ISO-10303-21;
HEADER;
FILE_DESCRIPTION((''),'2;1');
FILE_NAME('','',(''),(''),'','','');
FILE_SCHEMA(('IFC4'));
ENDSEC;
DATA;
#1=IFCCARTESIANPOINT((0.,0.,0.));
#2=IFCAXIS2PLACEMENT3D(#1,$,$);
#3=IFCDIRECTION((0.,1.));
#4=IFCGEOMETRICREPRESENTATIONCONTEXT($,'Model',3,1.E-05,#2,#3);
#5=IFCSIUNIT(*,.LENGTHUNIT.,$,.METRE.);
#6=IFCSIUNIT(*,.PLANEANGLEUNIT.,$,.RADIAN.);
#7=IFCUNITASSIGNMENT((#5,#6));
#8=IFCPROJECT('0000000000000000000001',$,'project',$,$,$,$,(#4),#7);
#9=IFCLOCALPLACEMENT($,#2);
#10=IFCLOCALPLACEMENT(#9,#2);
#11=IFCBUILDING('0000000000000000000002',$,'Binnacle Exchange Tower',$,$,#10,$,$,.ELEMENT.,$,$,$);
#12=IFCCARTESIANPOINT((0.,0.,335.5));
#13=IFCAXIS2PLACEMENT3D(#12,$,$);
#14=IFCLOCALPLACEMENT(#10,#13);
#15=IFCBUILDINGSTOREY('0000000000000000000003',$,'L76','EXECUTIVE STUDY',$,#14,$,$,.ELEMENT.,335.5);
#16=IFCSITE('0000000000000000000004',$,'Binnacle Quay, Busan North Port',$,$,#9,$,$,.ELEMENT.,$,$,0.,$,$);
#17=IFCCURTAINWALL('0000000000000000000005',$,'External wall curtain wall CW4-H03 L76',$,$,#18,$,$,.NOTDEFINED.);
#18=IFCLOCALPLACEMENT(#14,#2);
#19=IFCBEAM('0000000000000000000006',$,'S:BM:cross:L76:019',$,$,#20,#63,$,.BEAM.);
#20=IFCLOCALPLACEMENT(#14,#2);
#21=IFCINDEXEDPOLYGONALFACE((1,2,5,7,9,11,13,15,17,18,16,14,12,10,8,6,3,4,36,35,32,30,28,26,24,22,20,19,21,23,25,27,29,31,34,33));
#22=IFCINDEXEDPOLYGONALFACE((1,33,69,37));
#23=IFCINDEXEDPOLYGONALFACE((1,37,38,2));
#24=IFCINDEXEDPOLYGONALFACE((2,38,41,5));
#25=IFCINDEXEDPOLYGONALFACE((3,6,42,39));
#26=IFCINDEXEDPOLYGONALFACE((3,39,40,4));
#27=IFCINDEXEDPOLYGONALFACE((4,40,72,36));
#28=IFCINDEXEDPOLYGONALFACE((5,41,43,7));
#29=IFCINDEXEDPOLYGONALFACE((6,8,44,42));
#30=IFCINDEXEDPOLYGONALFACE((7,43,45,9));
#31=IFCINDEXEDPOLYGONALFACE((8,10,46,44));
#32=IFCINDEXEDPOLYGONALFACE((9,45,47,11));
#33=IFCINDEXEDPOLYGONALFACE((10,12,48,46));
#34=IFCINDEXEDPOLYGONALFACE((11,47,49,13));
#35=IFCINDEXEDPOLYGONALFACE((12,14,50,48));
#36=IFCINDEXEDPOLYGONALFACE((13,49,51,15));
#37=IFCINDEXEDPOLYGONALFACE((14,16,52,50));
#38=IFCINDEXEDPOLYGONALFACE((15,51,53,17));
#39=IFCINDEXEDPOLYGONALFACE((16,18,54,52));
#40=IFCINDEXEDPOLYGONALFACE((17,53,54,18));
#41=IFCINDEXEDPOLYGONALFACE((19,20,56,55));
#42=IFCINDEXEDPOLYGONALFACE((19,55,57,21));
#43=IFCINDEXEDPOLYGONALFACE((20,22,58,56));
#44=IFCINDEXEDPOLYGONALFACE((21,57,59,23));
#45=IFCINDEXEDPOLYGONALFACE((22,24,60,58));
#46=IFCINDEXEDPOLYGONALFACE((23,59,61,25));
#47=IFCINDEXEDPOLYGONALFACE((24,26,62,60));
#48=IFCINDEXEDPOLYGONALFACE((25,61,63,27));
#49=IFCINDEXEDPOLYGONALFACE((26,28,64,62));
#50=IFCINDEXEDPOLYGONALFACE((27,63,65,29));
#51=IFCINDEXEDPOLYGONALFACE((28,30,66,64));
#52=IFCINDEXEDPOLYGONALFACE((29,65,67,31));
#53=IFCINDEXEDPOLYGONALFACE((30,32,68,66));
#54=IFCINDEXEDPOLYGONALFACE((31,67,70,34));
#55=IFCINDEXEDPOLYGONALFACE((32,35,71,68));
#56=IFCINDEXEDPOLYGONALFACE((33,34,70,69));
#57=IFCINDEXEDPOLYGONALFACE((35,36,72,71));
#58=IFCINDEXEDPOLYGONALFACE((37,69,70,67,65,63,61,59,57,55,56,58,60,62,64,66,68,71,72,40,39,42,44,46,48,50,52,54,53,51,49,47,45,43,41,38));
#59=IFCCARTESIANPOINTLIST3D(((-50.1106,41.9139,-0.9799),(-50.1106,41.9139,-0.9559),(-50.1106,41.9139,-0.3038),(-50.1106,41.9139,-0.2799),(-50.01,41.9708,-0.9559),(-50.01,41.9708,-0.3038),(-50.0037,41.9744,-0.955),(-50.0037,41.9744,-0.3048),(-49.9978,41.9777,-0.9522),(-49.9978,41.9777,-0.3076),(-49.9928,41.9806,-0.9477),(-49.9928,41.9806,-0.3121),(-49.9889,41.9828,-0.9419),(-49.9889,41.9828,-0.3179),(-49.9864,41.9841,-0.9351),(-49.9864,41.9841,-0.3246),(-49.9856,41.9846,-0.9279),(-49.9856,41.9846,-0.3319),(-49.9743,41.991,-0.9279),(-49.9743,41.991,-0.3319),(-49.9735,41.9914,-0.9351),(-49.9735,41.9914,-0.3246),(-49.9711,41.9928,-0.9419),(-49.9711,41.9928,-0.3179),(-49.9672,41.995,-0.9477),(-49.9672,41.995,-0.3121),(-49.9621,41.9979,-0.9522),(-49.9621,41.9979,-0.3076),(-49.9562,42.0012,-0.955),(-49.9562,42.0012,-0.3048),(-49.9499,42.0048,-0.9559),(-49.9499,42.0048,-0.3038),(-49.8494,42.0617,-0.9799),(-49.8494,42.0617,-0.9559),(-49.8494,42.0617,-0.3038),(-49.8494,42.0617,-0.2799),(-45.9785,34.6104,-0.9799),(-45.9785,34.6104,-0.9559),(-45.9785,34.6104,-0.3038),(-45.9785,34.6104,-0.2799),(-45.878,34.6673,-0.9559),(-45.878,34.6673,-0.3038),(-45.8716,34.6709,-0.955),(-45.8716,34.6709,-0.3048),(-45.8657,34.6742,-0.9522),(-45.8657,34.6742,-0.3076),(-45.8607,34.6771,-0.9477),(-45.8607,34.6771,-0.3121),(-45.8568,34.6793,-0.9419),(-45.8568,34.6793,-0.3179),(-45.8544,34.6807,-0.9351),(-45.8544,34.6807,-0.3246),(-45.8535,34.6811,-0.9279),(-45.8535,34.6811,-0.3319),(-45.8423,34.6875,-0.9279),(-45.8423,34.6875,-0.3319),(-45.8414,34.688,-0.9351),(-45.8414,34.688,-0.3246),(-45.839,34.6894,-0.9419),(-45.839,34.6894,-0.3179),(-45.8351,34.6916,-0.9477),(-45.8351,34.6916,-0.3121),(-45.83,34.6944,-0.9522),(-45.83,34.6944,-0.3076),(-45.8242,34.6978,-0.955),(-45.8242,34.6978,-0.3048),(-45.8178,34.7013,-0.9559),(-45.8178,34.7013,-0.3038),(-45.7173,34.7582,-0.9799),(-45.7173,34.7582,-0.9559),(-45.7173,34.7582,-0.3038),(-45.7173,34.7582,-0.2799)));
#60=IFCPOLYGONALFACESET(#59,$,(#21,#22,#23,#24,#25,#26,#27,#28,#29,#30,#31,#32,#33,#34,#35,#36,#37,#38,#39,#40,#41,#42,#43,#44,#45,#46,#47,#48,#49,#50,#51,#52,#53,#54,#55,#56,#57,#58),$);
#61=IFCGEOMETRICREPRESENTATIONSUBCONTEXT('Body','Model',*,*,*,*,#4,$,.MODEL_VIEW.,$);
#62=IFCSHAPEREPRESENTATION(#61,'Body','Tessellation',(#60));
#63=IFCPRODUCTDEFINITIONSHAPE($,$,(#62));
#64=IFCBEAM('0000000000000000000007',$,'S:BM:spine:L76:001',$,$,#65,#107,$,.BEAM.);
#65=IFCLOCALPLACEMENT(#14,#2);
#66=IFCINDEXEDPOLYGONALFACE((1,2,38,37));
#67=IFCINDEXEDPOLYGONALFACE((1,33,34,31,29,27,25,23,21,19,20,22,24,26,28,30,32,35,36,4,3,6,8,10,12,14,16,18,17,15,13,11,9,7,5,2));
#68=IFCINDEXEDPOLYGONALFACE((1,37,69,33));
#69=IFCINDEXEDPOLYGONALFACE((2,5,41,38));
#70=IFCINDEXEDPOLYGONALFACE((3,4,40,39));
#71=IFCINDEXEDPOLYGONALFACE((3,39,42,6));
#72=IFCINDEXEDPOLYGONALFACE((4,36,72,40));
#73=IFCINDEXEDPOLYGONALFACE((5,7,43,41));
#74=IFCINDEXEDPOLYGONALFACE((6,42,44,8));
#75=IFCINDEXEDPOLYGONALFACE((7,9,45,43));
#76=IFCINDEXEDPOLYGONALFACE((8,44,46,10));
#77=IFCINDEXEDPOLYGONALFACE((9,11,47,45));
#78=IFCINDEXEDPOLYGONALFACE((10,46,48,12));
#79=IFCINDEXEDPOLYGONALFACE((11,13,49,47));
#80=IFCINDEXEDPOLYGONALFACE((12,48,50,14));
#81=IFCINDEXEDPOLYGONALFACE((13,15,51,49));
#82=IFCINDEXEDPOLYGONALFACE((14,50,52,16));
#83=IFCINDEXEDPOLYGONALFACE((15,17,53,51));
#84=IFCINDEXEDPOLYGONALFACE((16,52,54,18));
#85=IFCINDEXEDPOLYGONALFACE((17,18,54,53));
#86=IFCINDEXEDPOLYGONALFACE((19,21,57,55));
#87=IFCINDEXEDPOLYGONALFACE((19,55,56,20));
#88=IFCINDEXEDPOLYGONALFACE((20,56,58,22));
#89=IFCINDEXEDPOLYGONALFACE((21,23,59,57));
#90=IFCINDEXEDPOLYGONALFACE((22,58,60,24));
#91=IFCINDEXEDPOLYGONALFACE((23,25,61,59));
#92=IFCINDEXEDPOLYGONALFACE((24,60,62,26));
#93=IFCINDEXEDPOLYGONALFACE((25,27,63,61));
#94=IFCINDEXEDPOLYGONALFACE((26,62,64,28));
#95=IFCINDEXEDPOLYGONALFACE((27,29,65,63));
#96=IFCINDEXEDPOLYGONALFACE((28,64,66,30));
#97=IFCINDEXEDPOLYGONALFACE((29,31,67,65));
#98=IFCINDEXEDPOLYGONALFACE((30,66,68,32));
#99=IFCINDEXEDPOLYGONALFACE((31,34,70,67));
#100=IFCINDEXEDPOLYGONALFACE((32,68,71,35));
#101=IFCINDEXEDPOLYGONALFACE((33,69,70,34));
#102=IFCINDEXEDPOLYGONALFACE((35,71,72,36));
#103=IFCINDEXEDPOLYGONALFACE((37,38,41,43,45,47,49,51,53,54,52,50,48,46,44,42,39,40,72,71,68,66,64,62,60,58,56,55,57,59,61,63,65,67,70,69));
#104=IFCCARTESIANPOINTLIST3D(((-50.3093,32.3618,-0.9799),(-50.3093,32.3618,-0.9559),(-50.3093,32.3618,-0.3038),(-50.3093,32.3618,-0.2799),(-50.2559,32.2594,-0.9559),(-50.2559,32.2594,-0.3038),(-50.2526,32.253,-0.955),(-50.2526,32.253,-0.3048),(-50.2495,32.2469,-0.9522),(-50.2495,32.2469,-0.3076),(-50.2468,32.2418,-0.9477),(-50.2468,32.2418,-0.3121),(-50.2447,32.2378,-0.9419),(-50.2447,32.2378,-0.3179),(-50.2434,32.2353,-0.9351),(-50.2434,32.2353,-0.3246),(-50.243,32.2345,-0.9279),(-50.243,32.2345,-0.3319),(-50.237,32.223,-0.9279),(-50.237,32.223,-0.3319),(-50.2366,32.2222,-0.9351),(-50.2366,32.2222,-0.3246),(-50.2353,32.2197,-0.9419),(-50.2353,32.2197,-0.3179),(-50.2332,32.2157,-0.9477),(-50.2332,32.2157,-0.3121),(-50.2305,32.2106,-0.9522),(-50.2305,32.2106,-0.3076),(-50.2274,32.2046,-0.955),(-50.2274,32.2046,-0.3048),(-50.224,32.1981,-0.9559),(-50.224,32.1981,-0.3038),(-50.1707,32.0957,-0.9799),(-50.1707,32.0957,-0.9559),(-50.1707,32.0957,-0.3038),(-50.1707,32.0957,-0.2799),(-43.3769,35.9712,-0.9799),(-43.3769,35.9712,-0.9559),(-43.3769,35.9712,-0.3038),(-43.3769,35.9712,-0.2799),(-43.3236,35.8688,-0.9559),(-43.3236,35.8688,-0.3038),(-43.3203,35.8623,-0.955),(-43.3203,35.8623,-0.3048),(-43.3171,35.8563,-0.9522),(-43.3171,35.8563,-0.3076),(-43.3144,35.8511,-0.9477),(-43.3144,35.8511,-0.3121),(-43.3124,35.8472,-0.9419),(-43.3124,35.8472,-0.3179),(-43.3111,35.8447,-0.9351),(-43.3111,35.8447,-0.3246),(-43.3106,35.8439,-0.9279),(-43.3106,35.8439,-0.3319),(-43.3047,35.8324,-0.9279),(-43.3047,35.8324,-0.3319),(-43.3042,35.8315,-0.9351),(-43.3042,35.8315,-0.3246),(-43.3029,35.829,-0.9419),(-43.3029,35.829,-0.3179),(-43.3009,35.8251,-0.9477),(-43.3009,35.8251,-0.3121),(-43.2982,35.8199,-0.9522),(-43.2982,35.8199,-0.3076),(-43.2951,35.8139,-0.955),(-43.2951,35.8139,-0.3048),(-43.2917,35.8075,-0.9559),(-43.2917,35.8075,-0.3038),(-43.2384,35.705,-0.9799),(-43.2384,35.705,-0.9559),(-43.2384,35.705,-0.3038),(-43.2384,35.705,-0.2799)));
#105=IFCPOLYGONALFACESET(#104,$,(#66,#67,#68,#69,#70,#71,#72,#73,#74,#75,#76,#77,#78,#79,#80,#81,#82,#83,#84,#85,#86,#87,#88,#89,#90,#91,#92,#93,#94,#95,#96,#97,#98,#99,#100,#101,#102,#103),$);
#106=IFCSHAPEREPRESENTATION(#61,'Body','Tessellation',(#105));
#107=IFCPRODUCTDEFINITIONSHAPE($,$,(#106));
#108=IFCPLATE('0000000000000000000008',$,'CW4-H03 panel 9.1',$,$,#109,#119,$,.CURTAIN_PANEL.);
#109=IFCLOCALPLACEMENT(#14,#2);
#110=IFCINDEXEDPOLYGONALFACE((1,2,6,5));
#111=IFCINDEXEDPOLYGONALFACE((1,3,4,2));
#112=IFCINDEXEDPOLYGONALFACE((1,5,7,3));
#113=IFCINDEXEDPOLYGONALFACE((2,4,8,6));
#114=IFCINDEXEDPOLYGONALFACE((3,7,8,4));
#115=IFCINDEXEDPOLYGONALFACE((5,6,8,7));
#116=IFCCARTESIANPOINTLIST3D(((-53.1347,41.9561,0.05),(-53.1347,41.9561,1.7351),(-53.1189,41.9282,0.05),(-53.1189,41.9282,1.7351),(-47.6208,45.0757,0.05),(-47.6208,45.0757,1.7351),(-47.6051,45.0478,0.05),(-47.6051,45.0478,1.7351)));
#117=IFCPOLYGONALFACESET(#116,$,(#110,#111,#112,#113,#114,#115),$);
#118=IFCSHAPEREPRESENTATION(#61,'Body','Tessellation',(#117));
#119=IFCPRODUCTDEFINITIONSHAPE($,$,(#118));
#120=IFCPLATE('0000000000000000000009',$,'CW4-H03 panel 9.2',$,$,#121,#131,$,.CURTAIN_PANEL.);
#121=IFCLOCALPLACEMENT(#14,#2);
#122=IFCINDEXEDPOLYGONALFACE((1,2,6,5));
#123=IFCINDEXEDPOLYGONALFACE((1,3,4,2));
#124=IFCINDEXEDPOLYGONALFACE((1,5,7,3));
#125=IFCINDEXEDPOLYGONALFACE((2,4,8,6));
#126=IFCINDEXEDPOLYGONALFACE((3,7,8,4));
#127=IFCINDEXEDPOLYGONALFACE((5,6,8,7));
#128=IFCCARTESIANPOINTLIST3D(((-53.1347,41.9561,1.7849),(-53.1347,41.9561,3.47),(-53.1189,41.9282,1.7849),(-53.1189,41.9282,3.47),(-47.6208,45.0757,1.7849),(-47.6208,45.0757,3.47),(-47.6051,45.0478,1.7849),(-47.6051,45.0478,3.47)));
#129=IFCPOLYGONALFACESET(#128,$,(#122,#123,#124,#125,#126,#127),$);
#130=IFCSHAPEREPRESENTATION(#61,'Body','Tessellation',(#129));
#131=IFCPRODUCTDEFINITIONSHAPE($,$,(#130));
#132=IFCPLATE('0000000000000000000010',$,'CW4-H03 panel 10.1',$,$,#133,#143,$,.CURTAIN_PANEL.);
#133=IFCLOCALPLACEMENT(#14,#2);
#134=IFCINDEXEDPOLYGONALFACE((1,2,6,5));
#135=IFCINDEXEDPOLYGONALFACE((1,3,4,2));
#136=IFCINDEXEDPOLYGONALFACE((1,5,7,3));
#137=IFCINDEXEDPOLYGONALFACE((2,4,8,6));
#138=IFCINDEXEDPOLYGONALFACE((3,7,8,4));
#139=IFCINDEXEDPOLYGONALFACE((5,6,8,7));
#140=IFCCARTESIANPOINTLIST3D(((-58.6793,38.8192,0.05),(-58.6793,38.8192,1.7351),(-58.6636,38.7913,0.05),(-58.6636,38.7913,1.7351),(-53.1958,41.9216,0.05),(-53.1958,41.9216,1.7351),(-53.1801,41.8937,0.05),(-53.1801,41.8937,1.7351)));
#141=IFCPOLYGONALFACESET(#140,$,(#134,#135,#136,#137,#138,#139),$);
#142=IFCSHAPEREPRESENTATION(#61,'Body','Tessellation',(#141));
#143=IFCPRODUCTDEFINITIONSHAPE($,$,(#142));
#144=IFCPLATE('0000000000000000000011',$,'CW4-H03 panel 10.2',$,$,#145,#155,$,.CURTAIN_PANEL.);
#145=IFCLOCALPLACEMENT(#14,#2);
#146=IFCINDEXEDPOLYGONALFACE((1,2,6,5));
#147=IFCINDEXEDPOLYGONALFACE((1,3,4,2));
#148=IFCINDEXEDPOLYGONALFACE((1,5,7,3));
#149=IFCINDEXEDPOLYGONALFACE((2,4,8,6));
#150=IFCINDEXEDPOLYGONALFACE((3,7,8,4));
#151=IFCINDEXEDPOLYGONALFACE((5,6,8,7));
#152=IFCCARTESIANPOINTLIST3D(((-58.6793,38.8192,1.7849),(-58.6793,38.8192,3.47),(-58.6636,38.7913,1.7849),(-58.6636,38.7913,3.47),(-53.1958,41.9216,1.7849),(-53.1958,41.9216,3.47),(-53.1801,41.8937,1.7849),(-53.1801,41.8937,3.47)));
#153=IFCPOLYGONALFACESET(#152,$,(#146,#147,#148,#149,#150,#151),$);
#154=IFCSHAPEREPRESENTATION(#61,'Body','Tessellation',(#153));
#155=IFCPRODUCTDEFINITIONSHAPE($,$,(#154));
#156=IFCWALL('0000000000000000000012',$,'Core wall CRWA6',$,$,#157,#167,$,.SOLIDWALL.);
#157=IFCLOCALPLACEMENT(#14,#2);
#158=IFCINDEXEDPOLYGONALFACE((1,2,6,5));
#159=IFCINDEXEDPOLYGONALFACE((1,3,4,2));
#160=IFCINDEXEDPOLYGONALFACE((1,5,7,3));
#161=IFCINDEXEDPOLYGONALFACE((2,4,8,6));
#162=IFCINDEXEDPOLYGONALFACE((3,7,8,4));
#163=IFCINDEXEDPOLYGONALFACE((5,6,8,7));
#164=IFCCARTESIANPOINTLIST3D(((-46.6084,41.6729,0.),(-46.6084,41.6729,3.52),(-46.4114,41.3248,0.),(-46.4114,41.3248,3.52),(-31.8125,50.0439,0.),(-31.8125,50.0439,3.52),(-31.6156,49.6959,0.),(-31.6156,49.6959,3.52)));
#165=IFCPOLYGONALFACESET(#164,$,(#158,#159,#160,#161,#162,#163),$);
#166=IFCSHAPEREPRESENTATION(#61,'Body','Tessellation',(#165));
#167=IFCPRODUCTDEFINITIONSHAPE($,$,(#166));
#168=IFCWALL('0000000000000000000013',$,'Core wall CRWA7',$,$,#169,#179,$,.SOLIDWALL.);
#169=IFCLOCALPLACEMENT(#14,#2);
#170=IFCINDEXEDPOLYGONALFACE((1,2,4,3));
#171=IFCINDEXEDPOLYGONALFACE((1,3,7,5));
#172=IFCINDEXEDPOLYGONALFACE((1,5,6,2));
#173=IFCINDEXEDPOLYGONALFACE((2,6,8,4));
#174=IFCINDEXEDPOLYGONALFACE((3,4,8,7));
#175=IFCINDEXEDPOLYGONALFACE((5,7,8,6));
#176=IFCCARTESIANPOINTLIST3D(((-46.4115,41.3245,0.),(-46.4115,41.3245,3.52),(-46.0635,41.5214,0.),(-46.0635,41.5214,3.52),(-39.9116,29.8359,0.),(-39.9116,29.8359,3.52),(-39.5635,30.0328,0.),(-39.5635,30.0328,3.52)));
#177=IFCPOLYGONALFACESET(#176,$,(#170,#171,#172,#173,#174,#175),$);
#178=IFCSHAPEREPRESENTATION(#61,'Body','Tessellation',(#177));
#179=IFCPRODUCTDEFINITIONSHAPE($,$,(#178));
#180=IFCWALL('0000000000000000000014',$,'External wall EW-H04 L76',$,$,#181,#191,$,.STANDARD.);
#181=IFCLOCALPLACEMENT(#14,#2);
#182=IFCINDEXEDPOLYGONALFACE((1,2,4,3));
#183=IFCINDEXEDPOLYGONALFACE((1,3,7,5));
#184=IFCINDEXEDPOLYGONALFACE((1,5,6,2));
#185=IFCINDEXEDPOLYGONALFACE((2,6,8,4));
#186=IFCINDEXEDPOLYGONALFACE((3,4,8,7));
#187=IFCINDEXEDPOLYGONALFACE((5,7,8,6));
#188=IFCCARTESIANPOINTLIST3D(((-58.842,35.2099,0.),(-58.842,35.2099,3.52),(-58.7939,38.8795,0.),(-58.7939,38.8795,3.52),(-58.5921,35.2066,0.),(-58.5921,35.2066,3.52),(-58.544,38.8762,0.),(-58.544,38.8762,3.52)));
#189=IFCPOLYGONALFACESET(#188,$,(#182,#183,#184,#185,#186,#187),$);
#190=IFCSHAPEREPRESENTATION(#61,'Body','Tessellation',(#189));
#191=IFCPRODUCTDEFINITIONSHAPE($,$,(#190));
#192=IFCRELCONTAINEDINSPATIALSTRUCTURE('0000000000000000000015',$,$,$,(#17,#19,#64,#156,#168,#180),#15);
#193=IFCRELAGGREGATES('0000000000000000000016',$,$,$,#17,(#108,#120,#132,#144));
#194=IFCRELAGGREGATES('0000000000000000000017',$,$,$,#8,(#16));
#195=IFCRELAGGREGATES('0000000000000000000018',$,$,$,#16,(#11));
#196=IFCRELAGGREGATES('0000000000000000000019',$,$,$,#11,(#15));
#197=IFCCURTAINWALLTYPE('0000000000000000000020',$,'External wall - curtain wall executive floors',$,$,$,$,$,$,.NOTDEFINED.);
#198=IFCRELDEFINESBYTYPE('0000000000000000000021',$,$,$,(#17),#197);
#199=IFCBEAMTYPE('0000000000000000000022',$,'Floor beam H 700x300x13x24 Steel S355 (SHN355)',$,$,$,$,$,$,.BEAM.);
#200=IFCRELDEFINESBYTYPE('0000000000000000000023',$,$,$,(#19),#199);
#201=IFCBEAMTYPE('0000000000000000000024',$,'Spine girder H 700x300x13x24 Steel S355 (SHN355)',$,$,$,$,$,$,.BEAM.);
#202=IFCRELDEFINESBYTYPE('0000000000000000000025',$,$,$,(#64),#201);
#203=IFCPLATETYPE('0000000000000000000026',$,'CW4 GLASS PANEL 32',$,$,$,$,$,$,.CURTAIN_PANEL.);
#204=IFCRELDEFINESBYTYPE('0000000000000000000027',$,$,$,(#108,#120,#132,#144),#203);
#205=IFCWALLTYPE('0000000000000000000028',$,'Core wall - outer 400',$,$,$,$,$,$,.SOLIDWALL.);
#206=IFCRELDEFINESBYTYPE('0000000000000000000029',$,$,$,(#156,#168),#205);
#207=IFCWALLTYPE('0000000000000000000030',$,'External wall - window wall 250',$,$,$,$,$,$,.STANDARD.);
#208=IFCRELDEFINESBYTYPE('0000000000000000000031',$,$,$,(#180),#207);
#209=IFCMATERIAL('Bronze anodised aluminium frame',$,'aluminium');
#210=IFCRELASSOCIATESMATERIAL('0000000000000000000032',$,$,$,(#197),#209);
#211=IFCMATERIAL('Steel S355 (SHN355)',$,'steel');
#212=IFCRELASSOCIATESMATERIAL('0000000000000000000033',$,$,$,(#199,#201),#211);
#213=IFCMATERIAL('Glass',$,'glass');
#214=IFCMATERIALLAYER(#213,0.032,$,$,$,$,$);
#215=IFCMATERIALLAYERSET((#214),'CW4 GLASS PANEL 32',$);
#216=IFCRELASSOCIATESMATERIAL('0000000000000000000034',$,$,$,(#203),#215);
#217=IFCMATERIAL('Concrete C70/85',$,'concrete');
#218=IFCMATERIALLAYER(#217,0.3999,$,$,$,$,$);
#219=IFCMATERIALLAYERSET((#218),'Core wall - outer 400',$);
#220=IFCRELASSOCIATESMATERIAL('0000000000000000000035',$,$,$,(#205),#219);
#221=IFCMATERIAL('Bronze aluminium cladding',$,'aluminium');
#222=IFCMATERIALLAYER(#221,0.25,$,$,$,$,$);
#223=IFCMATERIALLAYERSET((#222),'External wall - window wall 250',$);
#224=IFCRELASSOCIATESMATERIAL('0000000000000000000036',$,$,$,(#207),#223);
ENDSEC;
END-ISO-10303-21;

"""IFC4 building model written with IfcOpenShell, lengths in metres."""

from ifc_helpers import new_model, si_unit, direction, frame, frame_2d, origin, origin_2d, place, context, subcontext, project, spatial, rectangle, i_section, extrude, material, layer, layer_set, material_profile, profile_set, type_object, element, aggregate, save


model = new_model("IFC4")

# Units and contexts
model_context = context("Model", 3, precision=1e-05, world=origin(), true_north=direction((0.0, 1.0)))
body_context = subcontext(model_context, "Body", "Model", "MODEL_VIEW")
ifc_project = project(units=[si_unit("LENGTHUNIT", "METRE"), si_unit("PLANEANGLEUNIT", "RADIAN")], contexts=[model_context])

# Site, building, storey
site_placement = place(None, origin())
site = spatial("IfcSite", under=ifc_project, at=site_placement, Name="Binnacle Quay, Busan North Port", CompositionType="ELEMENT", RefElevation=0.0)
building_placement = place(site_placement, origin())
building = spatial("IfcBuilding", under=site, at=building_placement, Name="Binnacle Exchange Tower", CompositionType="ELEMENT")
storey_placement = place(building_placement, frame((0.0, 0.0, 335.5)))
storey = spatial("IfcBuildingStorey", under=building, at=storey_placement, Name="L76", Description="EXECUTIVE STUDY", CompositionType="ELEMENT", Elevation=335.5)

# Curtain wall
ifc_material_1 = material(Name="Bronze anodised aluminium frame", Category="aluminium")
curtain_wall_type = type_object("IfcCurtainWallType", Name="External wall - curtain wall executive floors", PredefinedType="NOTDEFINED", material=ifc_material_1)
curtain_wall_placement = place(storey_placement, origin())
curtain_wall = element("IfcCurtainWall", 1, at=curtain_wall_placement, inside=storey, type_object=curtain_wall_type, Name="External wall curtain wall CW4-H03 L76", PredefinedType="NOTDEFINED")

# Beams
ifc_material_2 = material(Name="Steel S355 (SHN355)", Category="steel")
ifc_material_profile_1 = material_profile(ifc_material_2, i_section(OverallWidth=0.3, OverallDepth=0.7, WebThickness=0.0129, FlangeThickness=0.0239, FilletRadius=0.0281, at=origin_2d()), Name="H 700x300x13x24")
ifc_profile_set_1 = profile_set([ifc_material_profile_1], Name="Steel S355 (SHN355)")
beam_type_1 = type_object("IfcBeamType", Name="Floor beam H 700x300x13x24 Steel S355 (SHN355)", PredefinedType="BEAM", material=ifc_profile_set_1)
beam_1_placement = place(storey_placement, frame((-49.98, 41.9878, -0.6299), z_axis=(0.492422, -0.870357, 0.0), x_axis=(0.870357, 0.492422, 0.0)))
element("IfcBeam", 2, at=beam_1_placement, inside=storey, type_object=beam_type_1, Name="S:BM:cross:L76:019", PredefinedType="BEAM", context=body_context, shape_type="SweptSolid", body=[
    extrude(i_section(OverallWidth=0.3, OverallDepth=0.7, WebThickness=0.0129, FlangeThickness=0.0239, FilletRadius=0.0281, at=origin_2d()), origin(), (0.0, 0.0, 1.0), 8.3914),
])
ifc_material_profile_2 = material_profile(ifc_material_2, i_section(OverallWidth=0.3, OverallDepth=0.7, WebThickness=0.0129, FlangeThickness=0.0239, FilletRadius=0.0281, at=origin_2d()), Name="H 700x300x13x24")
ifc_profile_set_2 = profile_set([ifc_material_profile_2], Name="Steel S355 (SHN355)")
beam_type_2 = type_object("IfcBeamType", Name="Spine girder H 700x300x13x24 Steel S355 (SHN355)", PredefinedType="BEAM", material=ifc_profile_set_2)
beam_2_placement = place(storey_placement, frame((-50.24, 32.2288, -0.6299), z_axis=(0.886979, 0.46181, 0.0), x_axis=(-0.46181, 0.886979, 0.0)))
element("IfcBeam", 3, at=beam_2_placement, inside=storey, type_object=beam_type_2, Name="S:BM:spine:L76:001", PredefinedType="BEAM", context=body_context, shape_type="SweptSolid", body=[
    extrude(i_section(OverallWidth=0.3, OverallDepth=0.7, WebThickness=0.0129, FlangeThickness=0.0239, FilletRadius=0.0281, at=origin_2d()), origin(), (0.0, 0.0, 1.0), 7.8157),
])

# Plates
ifc_material_3 = material(Name="Glass", Category="glass")
ifc_layer_1 = layer(ifc_material_3, 0.032)
ifc_layer_set_1 = layer_set([ifc_layer_1], Name="CW4 GLASS PANEL 32")
plate_type = type_object("IfcPlateType", Name="CW4 GLASS PANEL 32", PredefinedType="CURTAIN_PANEL", material=ifc_layer_set_1)
plate_1_placement = place(storey_placement, frame((-50.3699, 43.502, 0.05), z_axis=(0.0, 0.0, 1.0), x_axis=(-0.870356, -0.492424, 0.0)))
plate_1 = element("IfcPlate", 4, at=plate_1_placement, type_object=plate_type, Name="CW4-H03 panel 9.1", PredefinedType="CURTAIN_PANEL", context=body_context, shape_type="SweptSolid", body=[
    extrude(rectangle(XDim=6.3352, YDim=0.032, at=origin_2d()), origin(), (0.0, 0.0, 1.0), 1.6851),
])
plate_2_placement = place(storey_placement, frame((-50.3699, 43.502, 1.7849), z_axis=(0.0, 0.0, 1.0), x_axis=(-0.870356, -0.492424, 0.0)))
plate_2 = element("IfcPlate", 5, at=plate_2_placement, type_object=plate_type, Name="CW4-H03 panel 9.2", PredefinedType="CURTAIN_PANEL", context=body_context, shape_type="SweptSolid", body=[
    extrude(rectangle(XDim=6.3352, YDim=0.032, at=origin_2d()), origin(), (0.0, 0.0, 1.0), 1.6851),
])
plate_3_placement = place(storey_placement, frame((-55.9297, 40.3564, 0.05), z_axis=(0.0, 0.0, 1.0), x_axis=(-0.870356, -0.492424, 0.0)))
plate_3 = element("IfcPlate", 6, at=plate_3_placement, type_object=plate_type, Name="CW4-H03 panel 10.1", PredefinedType="CURTAIN_PANEL", context=body_context, shape_type="SweptSolid", body=[
    extrude(rectangle(XDim=6.3003, YDim=0.032, at=origin_2d()), origin(), (0.0, 0.0, 1.0), 1.6851),
])
plate_4_placement = place(storey_placement, frame((-55.9297, 40.3564, 1.7849), z_axis=(0.0, 0.0, 1.0), x_axis=(-0.870356, -0.492424, 0.0)))
plate_4 = element("IfcPlate", 7, at=plate_4_placement, type_object=plate_type, Name="CW4-H03 panel 10.2", PredefinedType="CURTAIN_PANEL", context=body_context, shape_type="SweptSolid", body=[
    extrude(rectangle(XDim=6.3003, YDim=0.032, at=origin_2d()), origin(), (0.0, 0.0, 1.0), 1.6851),
])
aggregate(curtain_wall, [plate_1, plate_2, plate_3, plate_4])

# Walls
ifc_material_4 = material(Name="Concrete C70/85", Category="concrete")
ifc_layer_2 = layer(ifc_material_4, 0.3999)
ifc_layer_set_2 = layer_set([ifc_layer_2], Name="Core wall - outer 400")
wall_type_1 = type_object("IfcWallType", Name="Core wall - outer 400", PredefinedType="SOLIDWALL", material=ifc_layer_set_2)
wall_1_placement = place(storey_placement, frame((-46.51, 41.4988, 0.0), z_axis=(0.0, 0.0, 1.0), x_axis=(0.870356, 0.492423, 0.0)))
element("IfcWall", 8, at=wall_1_placement, inside=storey, type_object=wall_type_1, Name="Core wall CRWA6", PredefinedType="SOLIDWALL", context=body_context, shape_type="SweptSolid", body=[
    extrude(rectangle(XDim=16.9998, YDim=0.3999, at=frame_2d((8.5, 0.0))), origin(), (0.0, 0.0, 1.0), 3.52),
])
wall_2_placement = place(storey_placement, frame((-46.2375, 41.4231, 0.0), z_axis=(0.0, 0.0, 1.0), x_axis=(0.492422, -0.870357, 0.0)))
element("IfcWall", 9, at=wall_2_placement, inside=storey, type_object=wall_type_1, Name="Core wall CRWA7", PredefinedType="SOLIDWALL", context=body_context, shape_type="SweptSolid", body=[
    extrude(rectangle(XDim=13.2, YDim=0.3999, at=frame_2d((6.6001, 0.0))), origin(), (0.0, 0.0, 1.0), 3.52),
])
ifc_material_5 = material(Name="Bronze aluminium cladding", Category="aluminium")
ifc_layer_3 = layer(ifc_material_5, 0.25)
ifc_layer_set_3 = layer_set([ifc_layer_3], Name="External wall - window wall 250")
wall_type_2 = type_object("IfcWallType", Name="External wall - window wall 250", PredefinedType="STANDARD", material=ifc_layer_set_3)
wall_3_placement = place(storey_placement, frame((-58.717, 35.2083, 0.0), z_axis=(0.0, 0.0, 1.0), x_axis=(0.013105, 0.999914, 0.0)))
element("IfcWall", 10, at=wall_3_placement, inside=storey, type_object=wall_type_2, Name="External wall EW-H04 L76", PredefinedType="STANDARD", context=body_context, shape_type="SweptSolid", body=[
    extrude(rectangle(XDim=3.6699, YDim=0.25, at=frame_2d((1.835, 0.0))), origin(), (0.0, 0.0, 1.0), 3.52),
])

save(model, "model.ifc")
